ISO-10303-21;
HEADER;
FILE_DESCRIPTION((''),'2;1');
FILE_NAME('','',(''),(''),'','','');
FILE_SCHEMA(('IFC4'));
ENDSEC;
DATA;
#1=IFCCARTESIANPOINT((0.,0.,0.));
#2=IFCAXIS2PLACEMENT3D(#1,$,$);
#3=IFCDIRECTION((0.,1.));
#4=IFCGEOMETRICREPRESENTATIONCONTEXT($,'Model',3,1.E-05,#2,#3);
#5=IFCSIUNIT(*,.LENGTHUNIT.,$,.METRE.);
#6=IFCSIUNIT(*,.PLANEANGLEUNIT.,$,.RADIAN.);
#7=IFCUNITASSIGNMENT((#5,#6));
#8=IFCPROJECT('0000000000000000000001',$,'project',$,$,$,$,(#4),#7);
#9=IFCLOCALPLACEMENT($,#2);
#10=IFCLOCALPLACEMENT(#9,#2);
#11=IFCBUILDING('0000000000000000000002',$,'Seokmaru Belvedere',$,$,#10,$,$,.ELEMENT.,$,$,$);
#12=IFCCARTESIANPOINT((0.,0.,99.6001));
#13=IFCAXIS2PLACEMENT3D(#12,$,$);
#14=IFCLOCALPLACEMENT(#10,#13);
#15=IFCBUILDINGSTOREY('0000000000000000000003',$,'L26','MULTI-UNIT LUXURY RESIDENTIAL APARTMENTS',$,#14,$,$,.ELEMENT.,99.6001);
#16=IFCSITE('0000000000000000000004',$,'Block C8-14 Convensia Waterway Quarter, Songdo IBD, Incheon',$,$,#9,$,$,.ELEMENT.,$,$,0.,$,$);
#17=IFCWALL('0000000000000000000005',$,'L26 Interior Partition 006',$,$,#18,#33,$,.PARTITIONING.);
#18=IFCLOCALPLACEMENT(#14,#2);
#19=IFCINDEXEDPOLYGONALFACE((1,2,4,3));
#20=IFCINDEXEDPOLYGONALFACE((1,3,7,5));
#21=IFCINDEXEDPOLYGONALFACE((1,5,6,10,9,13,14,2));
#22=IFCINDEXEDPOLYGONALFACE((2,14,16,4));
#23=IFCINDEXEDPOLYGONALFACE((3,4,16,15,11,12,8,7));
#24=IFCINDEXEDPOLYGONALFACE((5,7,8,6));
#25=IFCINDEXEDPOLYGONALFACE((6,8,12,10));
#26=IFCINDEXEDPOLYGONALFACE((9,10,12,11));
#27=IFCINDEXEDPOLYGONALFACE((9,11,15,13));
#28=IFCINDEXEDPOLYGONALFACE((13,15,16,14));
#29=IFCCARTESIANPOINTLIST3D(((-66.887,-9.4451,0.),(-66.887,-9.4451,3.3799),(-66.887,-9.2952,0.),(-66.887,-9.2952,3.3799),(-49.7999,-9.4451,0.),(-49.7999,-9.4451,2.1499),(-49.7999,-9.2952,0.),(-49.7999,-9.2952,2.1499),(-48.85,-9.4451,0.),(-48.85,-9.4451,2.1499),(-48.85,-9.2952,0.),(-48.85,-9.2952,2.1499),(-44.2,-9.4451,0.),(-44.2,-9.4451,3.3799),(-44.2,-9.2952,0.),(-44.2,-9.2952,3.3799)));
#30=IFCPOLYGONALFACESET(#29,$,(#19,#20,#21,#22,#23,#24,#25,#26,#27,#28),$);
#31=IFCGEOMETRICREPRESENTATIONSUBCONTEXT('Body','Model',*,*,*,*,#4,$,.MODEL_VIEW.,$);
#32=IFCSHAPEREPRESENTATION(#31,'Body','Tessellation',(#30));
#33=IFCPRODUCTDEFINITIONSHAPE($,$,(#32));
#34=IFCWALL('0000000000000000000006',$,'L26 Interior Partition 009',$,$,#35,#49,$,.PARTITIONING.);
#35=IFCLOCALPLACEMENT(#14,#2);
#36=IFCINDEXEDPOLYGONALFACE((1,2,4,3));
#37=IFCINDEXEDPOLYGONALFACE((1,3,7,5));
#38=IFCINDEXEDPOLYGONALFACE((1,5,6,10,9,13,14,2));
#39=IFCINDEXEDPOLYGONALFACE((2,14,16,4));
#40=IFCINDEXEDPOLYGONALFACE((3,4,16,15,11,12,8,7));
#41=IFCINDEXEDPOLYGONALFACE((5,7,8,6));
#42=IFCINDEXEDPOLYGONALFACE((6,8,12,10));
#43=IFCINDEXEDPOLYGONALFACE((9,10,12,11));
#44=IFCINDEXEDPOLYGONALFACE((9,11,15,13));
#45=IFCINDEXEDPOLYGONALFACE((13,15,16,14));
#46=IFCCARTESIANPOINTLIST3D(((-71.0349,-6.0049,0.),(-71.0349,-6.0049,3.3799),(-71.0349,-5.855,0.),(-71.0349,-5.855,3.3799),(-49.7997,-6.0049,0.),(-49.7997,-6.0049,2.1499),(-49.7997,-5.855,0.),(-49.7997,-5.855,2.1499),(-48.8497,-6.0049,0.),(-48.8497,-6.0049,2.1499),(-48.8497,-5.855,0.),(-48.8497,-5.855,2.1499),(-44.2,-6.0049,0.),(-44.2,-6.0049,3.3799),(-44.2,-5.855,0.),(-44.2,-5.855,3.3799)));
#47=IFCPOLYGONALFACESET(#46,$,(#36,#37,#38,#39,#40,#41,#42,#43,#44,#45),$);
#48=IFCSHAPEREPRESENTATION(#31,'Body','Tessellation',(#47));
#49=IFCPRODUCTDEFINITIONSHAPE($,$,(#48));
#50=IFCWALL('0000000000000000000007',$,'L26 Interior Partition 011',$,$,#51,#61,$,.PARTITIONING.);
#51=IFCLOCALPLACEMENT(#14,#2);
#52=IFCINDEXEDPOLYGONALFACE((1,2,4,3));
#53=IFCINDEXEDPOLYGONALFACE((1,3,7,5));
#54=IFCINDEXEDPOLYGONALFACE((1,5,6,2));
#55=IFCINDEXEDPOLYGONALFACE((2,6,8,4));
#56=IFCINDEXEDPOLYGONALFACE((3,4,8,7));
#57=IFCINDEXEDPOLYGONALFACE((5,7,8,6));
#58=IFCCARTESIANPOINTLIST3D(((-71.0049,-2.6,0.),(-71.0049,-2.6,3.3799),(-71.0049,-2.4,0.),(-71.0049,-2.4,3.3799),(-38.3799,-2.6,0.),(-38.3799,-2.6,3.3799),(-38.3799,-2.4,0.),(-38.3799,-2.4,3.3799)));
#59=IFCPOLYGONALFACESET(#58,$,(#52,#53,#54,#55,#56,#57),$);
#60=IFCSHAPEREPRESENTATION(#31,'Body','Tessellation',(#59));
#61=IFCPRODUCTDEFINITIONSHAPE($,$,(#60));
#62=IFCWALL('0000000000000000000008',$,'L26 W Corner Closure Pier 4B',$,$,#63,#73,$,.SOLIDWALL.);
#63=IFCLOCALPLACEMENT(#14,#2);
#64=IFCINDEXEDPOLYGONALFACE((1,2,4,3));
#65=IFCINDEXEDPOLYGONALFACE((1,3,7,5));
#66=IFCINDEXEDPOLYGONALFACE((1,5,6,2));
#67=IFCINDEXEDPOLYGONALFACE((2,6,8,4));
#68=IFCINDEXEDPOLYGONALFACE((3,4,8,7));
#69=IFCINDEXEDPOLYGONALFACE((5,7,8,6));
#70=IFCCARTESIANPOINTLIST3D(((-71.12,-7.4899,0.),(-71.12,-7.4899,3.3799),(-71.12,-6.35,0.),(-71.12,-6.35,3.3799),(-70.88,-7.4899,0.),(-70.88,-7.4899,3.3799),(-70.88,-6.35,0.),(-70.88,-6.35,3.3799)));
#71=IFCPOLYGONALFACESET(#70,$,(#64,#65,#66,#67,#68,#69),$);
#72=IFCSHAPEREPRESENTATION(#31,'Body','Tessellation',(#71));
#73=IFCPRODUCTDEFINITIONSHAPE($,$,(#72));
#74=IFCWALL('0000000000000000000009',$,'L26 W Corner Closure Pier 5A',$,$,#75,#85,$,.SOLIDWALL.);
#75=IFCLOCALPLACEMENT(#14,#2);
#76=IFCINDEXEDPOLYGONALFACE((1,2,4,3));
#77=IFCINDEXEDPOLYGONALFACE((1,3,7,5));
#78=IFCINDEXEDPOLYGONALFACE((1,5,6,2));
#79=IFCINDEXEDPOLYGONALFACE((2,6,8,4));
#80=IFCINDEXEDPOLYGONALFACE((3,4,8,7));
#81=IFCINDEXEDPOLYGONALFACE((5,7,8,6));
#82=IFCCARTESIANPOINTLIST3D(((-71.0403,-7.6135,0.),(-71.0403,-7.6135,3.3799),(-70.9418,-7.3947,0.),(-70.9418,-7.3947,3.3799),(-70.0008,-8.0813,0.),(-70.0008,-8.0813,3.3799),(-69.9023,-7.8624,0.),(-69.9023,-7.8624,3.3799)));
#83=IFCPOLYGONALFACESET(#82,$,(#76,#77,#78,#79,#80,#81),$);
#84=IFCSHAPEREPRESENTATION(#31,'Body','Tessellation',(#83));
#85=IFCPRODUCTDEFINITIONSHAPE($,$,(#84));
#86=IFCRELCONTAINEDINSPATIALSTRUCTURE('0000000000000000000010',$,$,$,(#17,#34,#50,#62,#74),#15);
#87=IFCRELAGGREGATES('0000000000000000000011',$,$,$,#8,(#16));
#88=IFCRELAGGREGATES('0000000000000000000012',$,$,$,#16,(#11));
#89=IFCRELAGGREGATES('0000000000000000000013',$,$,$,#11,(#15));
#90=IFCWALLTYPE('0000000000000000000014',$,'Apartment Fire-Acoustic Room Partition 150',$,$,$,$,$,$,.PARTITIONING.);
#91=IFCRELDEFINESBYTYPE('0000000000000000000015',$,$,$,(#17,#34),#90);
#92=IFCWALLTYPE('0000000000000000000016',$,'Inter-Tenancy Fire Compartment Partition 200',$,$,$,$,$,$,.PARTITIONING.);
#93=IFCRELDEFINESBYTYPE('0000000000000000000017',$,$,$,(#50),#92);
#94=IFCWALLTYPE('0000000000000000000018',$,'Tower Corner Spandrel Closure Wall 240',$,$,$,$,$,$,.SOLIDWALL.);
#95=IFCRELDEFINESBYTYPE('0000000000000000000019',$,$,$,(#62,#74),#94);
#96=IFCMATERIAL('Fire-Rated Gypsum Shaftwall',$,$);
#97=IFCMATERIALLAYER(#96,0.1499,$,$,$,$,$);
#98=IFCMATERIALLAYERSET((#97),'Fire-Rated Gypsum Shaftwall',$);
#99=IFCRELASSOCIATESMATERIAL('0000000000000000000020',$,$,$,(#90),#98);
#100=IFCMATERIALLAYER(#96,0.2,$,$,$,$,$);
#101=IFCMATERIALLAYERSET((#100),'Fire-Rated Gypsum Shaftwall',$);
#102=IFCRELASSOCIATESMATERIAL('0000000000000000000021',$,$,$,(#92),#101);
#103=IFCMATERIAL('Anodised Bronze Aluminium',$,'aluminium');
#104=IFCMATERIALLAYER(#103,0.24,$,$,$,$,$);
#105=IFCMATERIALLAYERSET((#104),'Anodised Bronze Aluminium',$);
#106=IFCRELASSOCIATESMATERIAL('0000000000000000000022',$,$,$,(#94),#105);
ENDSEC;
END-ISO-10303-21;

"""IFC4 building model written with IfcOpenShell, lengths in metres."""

from ifc_helpers import new_model, si_unit, direction, frame, frame_2d, origin, place, context, subcontext, project, spatial, rectangle, extrude, material, layer, layer_set, type_object, element, save


model = new_model("IFC4")

# Units and contexts
model_context = context("Model", 3, precision=1e-05, world=origin(), true_north=direction((0.0, 1.0)))
body_context = subcontext(model_context, "Body", "Model", "MODEL_VIEW")
ifc_project = project(units=[si_unit("LENGTHUNIT", "METRE"), si_unit("PLANEANGLEUNIT", "RADIAN")], contexts=[model_context])

# Site, building, storey
site_placement = place(None, origin())
site = spatial("IfcSite", under=ifc_project, at=site_placement, Name="Block C8-14 Convensia Waterway Quarter, Songdo IBD, Incheon", CompositionType="ELEMENT", RefElevation=0.0)
building_placement = place(site_placement, origin())
building = spatial("IfcBuilding", under=site, at=building_placement, Name="Seokmaru Belvedere", CompositionType="ELEMENT")
storey_placement = place(building_placement, frame((0.0, 0.0, 99.6001)))
storey = spatial("IfcBuildingStorey", under=building, at=storey_placement, Name="L26", Description="MULTI-UNIT LUXURY RESIDENTIAL APARTMENTS", CompositionType="ELEMENT", Elevation=99.6001)

# Shared definitions
ifc_material_1 = material(Name="Anodised Bronze Aluminium", Category="aluminium")

# Walls, openings
ifc_material_2 = material(Name="Fire-Rated Gypsum Shaftwall")
ifc_layer_1 = layer(ifc_material_2, 0.1499)
ifc_layer_set_1 = layer_set([ifc_layer_1], Name="Fire-Rated Gypsum Shaftwall")
wall_type_1 = type_object("IfcWallType", Name="Apartment Fire-Acoustic Room Partition 150", PredefinedType="PARTITIONING", material=ifc_layer_set_1)
wall_1_placement = place(storey_placement, frame((-66.887, -9.3701, 0.0), z_axis=(0.0, 0.0, 1.0), x_axis=(1.0, 0.0, 0.0)))
wall_1 = element("IfcWall", 1, at=wall_1_placement, inside=storey, type_object=wall_type_1, Name="L26 Interior Partition 006", PredefinedType="PARTITIONING", context=body_context, shape_type="SweptSolid", body=[
    extrude(rectangle(XDim=22.687, YDim=0.1499, at=frame_2d((11.3435, 0.0))), origin(), (0.0, 0.0, 1.0), 3.3799),
])
opening_1_placement = place(wall_1_placement, frame((17.0869, 0.0, 0.0)))
element("IfcOpeningElement", 2, at=opening_1_placement, cuts=wall_1, PredefinedType="OPENING", context=body_context, shape_type="SweptSolid", body=[
    extrude(rectangle(XDim=0.95, YDim=2.1499, at=frame_2d((0.4751, 1.075))), frame((0.0, 0.085, 0.0), z_axis=(0.0, -1.0, 0.0), x_axis=(1.0, 0.0, 0.0)), (0.0, 0.0, 1.0), 0.1699),
])
wall_2_placement = place(storey_placement, frame((-71.0349, -5.9299, 0.0), z_axis=(0.0, 0.0, 1.0), x_axis=(1.0, 0.0, 0.0)))
wall_2 = element("IfcWall", 3, at=wall_2_placement, inside=storey, type_object=wall_type_1, Name="L26 Interior Partition 009", PredefinedType="PARTITIONING", context=body_context, shape_type="SweptSolid", body=[
    extrude(rectangle(XDim=26.835, YDim=0.1499, at=frame_2d((13.4175, 0.0))), origin(), (0.0, 0.0, 1.0), 3.3799),
])
opening_2_placement = place(wall_2_placement, frame((21.2351, 0.0, 0.0)))
element("IfcOpeningElement", 4, at=opening_2_placement, cuts=wall_2, PredefinedType="OPENING", context=body_context, shape_type="SweptSolid", body=[
    extrude(rectangle(XDim=0.95, YDim=2.1499, at=frame_2d((0.4751, 1.075))), frame((0.0, 0.085, 0.0), z_axis=(0.0, -1.0, 0.0), x_axis=(1.0, 0.0, 0.0)), (0.0, 0.0, 1.0), 0.1699),
])

# Walls
ifc_layer_2 = layer(ifc_material_2, 0.2)
ifc_layer_set_2 = layer_set([ifc_layer_2], Name="Fire-Rated Gypsum Shaftwall")
wall_type_2 = type_object("IfcWallType", Name="Inter-Tenancy Fire Compartment Partition 200", PredefinedType="PARTITIONING", material=ifc_layer_set_2)
wall_3_placement = place(storey_placement, frame((-71.0049, -2.5, 0.0), z_axis=(0.0, 0.0, 1.0), x_axis=(1.0, 0.0, 0.0)))
element("IfcWall", 5, at=wall_3_placement, inside=storey, type_object=wall_type_2, Name="L26 Interior Partition 011", PredefinedType="PARTITIONING", context=body_context, shape_type="SweptSolid", body=[
    extrude(rectangle(XDim=32.625, YDim=0.2, at=frame_2d((16.3125, 0.0))), origin(), (0.0, 0.0, 1.0), 3.3799),
])
ifc_layer_3 = layer(ifc_material_1, 0.24)
ifc_layer_set_3 = layer_set([ifc_layer_3], Name="Anodised Bronze Aluminium")
wall_type_3 = type_object("IfcWallType", Name="Tower Corner Spandrel Closure Wall 240", PredefinedType="SOLIDWALL", material=ifc_layer_set_3)
for number, where, z_axis, x_axis, name in (
    (6, (-71.0, -6.3501, 0.0), (0.0, 0.0, 1.0), (0.0, -1.0, 0.0), "L26 W Corner Closure Pier 4B"),
    (7, (-70.991, -7.5042, 0.0), (0.0, 0.0, 1.0), (0.91193, -0.410347, 0.0), "L26 W Corner Closure Pier 5A"),
):
    element("IfcWall", number, at=place(storey_placement, frame(where, z_axis=z_axis, x_axis=x_axis)), inside=storey, type_object=wall_type_3, Name=name, PredefinedType="SOLIDWALL", context=body_context, shape_type="SweptSolid", body=[
        extrude(rectangle(XDim=1.1399, YDim=0.24, at=frame_2d((0.5698, 0.0))), origin(), (0.0, 0.0, 1.0), 3.3799),
    ])

save(model, "model.ifc")
